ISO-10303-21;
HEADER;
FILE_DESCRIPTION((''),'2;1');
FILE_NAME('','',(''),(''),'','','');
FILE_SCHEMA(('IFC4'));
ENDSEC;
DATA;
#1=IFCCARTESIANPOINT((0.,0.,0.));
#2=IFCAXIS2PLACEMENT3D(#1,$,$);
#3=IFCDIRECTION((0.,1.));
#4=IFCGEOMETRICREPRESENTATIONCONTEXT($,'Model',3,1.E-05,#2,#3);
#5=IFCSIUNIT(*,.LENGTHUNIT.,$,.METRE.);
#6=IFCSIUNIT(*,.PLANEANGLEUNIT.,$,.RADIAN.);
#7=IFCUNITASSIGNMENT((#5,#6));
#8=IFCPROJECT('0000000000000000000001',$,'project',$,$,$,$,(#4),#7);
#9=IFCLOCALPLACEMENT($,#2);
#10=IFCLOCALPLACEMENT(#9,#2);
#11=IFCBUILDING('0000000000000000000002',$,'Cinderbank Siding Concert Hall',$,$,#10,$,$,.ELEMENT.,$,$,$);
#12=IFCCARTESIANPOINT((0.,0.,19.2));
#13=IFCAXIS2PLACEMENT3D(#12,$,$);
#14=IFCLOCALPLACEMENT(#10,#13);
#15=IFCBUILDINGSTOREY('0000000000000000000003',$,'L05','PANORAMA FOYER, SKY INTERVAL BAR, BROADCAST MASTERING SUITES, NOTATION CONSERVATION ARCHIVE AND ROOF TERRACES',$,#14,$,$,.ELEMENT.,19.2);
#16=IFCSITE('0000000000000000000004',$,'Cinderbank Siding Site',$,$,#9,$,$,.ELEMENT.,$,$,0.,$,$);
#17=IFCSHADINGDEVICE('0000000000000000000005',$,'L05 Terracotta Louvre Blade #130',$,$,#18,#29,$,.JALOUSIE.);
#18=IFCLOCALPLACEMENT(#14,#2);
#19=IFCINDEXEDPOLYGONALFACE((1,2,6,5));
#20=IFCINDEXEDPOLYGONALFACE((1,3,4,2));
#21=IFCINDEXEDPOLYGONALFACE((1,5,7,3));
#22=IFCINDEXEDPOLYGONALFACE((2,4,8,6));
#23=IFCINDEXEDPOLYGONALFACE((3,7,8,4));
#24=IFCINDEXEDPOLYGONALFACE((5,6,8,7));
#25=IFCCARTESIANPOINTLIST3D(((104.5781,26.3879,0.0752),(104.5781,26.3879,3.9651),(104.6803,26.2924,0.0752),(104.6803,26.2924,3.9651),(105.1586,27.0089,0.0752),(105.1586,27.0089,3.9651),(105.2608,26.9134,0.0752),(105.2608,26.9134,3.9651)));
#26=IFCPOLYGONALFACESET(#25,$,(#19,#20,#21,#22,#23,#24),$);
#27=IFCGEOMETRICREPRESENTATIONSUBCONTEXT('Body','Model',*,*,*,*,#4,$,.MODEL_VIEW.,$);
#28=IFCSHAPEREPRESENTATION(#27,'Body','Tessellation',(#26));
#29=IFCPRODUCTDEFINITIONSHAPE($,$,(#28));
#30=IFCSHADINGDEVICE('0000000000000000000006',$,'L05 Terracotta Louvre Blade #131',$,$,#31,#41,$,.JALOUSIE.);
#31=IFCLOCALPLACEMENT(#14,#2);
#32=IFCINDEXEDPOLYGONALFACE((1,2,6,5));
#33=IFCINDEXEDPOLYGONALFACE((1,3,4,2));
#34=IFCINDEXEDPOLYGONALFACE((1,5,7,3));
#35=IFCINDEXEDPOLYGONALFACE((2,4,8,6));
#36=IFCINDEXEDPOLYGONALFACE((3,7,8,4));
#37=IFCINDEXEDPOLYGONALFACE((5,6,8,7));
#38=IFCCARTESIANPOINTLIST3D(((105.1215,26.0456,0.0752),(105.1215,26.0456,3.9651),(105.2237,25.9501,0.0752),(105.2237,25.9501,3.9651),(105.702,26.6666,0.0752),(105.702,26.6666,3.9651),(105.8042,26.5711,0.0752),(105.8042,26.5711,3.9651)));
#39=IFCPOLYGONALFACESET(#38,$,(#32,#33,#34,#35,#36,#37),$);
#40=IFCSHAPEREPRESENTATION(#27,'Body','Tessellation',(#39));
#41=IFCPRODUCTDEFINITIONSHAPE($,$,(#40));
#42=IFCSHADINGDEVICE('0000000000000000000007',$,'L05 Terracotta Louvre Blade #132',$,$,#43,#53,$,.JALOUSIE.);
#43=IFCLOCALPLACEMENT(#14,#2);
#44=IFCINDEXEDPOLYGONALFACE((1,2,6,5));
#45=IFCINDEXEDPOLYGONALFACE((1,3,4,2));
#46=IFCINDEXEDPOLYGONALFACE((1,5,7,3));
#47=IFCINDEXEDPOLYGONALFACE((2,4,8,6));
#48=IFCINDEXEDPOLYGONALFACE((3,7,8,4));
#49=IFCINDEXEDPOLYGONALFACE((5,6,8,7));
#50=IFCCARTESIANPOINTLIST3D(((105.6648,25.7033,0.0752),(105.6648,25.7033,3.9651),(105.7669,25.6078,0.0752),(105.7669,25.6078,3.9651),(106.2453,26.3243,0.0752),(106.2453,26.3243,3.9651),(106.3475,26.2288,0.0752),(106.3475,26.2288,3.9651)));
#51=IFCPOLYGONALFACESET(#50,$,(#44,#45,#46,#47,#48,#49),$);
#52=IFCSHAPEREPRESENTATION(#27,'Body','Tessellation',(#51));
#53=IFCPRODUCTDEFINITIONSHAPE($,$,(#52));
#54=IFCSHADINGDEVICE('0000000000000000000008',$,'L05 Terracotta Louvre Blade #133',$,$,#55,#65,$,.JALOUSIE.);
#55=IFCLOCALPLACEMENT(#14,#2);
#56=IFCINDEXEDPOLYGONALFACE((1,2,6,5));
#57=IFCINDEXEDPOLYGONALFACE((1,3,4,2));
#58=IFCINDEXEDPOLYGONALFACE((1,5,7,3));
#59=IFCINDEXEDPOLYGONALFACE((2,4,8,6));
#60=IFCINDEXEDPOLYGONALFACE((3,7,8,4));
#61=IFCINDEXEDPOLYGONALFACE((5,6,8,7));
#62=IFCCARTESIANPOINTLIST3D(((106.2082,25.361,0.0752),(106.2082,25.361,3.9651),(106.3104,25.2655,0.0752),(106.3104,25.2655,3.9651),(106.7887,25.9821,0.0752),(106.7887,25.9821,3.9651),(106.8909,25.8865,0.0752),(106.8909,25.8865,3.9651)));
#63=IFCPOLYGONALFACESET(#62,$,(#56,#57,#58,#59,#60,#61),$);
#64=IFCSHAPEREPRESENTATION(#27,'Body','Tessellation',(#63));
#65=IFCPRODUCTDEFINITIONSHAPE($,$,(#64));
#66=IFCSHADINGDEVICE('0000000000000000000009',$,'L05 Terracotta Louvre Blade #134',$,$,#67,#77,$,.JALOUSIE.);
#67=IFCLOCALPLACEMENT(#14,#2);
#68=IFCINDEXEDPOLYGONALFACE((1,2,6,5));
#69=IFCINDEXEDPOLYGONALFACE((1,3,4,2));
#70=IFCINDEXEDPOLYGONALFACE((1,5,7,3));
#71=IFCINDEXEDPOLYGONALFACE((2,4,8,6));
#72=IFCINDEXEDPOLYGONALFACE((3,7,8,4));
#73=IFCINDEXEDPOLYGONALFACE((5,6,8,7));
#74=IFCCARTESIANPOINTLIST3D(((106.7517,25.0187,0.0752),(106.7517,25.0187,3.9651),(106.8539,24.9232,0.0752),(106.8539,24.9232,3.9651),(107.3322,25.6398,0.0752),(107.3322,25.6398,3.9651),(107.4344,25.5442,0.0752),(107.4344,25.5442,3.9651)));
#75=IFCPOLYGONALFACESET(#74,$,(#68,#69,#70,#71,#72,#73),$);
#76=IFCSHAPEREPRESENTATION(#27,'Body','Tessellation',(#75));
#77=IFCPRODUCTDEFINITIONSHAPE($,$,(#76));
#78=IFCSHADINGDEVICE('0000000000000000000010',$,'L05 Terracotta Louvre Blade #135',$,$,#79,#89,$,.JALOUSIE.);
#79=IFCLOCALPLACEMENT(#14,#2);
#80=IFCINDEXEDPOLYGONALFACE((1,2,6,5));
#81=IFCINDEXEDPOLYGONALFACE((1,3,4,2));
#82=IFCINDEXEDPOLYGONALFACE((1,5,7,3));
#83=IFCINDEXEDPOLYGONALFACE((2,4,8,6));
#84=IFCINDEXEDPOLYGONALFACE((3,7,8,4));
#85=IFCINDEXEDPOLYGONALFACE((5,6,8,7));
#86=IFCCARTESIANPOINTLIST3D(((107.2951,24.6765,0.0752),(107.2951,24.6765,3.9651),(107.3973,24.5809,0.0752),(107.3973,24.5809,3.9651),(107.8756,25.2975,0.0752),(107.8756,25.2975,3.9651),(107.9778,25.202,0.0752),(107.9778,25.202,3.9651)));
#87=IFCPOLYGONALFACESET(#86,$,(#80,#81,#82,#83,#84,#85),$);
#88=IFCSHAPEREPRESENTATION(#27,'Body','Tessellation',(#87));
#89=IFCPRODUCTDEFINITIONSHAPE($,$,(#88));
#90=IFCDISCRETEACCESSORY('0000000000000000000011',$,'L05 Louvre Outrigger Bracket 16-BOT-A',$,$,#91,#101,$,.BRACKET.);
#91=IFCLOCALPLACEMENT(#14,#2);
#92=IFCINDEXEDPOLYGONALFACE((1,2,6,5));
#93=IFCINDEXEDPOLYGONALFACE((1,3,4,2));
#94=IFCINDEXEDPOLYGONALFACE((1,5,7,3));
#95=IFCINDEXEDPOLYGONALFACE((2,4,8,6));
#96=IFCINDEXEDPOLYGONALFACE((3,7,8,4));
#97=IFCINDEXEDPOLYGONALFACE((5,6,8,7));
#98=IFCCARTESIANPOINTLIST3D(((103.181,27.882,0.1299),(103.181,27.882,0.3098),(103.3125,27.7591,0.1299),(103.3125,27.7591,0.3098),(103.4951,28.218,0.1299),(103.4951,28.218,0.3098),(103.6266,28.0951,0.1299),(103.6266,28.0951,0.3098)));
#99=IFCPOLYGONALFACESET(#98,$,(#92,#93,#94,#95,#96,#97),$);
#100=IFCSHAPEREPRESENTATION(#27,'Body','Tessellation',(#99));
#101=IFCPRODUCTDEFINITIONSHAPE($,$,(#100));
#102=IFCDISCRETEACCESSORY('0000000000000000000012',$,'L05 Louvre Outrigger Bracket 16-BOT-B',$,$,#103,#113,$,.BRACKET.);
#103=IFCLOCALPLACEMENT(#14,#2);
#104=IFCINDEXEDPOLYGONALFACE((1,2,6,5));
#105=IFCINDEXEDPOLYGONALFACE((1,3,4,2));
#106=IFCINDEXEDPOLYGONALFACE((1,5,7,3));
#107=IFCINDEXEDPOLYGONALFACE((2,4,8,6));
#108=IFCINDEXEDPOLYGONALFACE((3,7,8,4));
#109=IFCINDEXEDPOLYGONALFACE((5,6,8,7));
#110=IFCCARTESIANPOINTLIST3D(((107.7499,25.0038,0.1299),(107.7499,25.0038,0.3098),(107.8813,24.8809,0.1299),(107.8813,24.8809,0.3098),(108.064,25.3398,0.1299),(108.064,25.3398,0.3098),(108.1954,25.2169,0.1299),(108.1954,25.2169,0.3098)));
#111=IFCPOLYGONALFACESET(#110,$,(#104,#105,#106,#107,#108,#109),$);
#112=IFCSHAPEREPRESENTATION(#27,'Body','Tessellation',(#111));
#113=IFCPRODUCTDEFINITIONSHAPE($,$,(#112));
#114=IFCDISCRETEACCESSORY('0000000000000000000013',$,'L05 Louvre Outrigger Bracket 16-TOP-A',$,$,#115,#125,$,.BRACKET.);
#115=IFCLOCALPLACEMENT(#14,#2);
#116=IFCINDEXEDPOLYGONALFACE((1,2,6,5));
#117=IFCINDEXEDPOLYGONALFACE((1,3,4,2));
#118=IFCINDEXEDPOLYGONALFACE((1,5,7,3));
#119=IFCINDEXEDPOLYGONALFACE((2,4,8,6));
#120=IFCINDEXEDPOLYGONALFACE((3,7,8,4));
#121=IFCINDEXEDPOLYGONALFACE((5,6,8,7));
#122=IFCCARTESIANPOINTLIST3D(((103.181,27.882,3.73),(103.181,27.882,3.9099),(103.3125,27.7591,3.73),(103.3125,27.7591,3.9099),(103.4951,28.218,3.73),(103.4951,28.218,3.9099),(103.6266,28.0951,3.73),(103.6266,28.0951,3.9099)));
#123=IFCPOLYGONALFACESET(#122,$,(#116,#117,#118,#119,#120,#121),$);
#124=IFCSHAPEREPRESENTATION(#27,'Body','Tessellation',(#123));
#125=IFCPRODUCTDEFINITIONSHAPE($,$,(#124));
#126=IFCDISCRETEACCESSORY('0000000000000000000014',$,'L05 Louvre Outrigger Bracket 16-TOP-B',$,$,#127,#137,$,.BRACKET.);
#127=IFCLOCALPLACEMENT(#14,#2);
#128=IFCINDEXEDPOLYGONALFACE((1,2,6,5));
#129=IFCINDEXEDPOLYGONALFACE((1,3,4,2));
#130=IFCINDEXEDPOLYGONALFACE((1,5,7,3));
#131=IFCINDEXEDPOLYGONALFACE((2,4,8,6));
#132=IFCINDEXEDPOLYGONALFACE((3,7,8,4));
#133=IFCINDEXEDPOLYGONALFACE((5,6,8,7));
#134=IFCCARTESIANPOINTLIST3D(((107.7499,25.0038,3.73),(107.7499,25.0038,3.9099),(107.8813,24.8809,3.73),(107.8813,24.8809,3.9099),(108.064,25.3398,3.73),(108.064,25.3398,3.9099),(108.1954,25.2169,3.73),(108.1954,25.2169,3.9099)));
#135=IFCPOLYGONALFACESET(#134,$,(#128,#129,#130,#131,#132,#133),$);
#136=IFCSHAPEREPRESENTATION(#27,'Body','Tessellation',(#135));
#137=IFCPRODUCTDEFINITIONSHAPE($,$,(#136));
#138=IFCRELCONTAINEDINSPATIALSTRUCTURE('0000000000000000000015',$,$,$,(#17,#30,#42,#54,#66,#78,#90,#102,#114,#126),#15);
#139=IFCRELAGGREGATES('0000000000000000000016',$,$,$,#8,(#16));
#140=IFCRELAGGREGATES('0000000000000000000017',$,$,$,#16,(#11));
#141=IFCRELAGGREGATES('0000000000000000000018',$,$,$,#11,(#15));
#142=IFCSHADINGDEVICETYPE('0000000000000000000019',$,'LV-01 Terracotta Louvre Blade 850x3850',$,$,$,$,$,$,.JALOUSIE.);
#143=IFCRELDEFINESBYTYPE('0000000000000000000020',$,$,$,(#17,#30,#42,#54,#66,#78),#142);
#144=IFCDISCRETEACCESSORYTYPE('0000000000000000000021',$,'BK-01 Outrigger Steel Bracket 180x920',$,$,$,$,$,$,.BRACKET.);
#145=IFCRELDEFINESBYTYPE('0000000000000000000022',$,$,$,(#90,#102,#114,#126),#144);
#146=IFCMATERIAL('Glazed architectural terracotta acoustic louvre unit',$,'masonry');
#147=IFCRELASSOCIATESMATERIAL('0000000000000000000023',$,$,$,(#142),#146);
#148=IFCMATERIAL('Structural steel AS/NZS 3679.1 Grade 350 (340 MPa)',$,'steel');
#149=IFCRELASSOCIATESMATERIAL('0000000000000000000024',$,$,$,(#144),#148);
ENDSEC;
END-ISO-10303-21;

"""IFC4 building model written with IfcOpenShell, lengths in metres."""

from ifc_helpers import new_model, si_unit, direction, frame, origin, origin_2d, place, context, subcontext, project, spatial, rectangle, extrude, material, type_object, element, save


model = new_model("IFC4")

# Units and contexts
model_context = context("Model", 3, precision=1e-05, world=origin(), true_north=direction((0.0, 1.0)))
body_context = subcontext(model_context, "Body", "Model", "MODEL_VIEW")
ifc_project = project(units=[si_unit("LENGTHUNIT", "METRE"), si_unit("PLANEANGLEUNIT", "RADIAN")], contexts=[model_context])

# Site, building, storey
site_placement = place(None, origin())
site = spatial("IfcSite", under=ifc_project, at=site_placement, Name="Cinderbank Siding Site", CompositionType="ELEMENT", RefElevation=0.0)
building_placement = place(site_placement, origin())
building = spatial("IfcBuilding", under=site, at=building_placement, Name="Cinderbank Siding Concert Hall", CompositionType="ELEMENT")
storey_placement = place(building_placement, frame((0.0, 0.0, 19.2)))
storey = spatial("IfcBuildingStorey", under=building, at=storey_placement, Name="L05", Description="PANORAMA FOYER, SKY INTERVAL BAR, BROADCAST MASTERING SUITES, NOTATION CONSERVATION ARCHIVE AND ROOF TERRACES", CompositionType="ELEMENT", Elevation=19.2)

# Shared definitions
ifc_material_1 = material(Name="Structural steel AS/NZS 3679.1 Grade 350 (340 MPa)", Category="steel")

# Shading devices
ifc_material_2 = material(Name="Glazed architectural terracotta acoustic louvre unit", Category="masonry")
shading_device_type = type_object("IfcShadingDeviceType", Name="LV-01 Terracotta Louvre Blade 850x3850", PredefinedType="JALOUSIE", material=ifc_material_2)
for number, where, z_axis, x_axis, name in (
    (1, (104.9194, 26.6506, 0.0752), (0.0, 0.0, 1.0), (-0.682869, -0.730541, 0.0), "L05 Terracotta Louvre Blade #130"),
    (2, (105.4629, 26.3083, 0.0752), (0.0, 0.0, 1.0), (-0.682869, -0.730541, 0.0), "L05 Terracotta Louvre Blade #131"),
    (3, (106.0061, 25.9661, 0.0752), (0.0, 0.0, 1.0), (-0.682869, -0.730541, 0.0), "L05 Terracotta Louvre Blade #132"),
    (4, (106.5496, 25.6238, 0.0752), (0.0, 0.0, 1.0), (-0.682869, -0.730541, 0.0), "L05 Terracotta Louvre Blade #133"),
    (5, (107.093, 25.2815, 0.0752), (0.0, 0.0, 1.0), (-0.682869, -0.730541, 0.0), "L05 Terracotta Louvre Blade #134"),
    (6, (107.6365, 24.9392, 0.0752), (0.0, 0.0, 1.0), (-0.682869, -0.730541, 0.0), "L05 Terracotta Louvre Blade #135"),
):
    element("IfcShadingDevice", number, at=place(storey_placement, frame(where, z_axis=z_axis, x_axis=x_axis)), inside=storey, type_object=shading_device_type, Name=name, PredefinedType="JALOUSIE", context=body_context, shape_type="SweptSolid", body=[
        extrude(rectangle(XDim=0.8501, YDim=0.1399, at=origin_2d()), origin(), (0.0, 0.0, 1.0), 3.8899),
    ])

# Discrete accessories
discrete_accessory_type = type_object("IfcDiscreteAccessoryType", Name="BK-01 Outrigger Steel Bracket 180x920", PredefinedType="BRACKET", material=ifc_material_1)
for number, where, z_axis, x_axis, name in (
    (7, (103.4038, 27.9885, 0.1299), (0.0, 0.0, 1.0), (-0.682869, -0.730541, 0.0), "L05 Louvre Outrigger Bracket 16-BOT-A"),
    (8, (107.9727, 25.1104, 0.1299), (0.0, 0.0, 1.0), (-0.682869, -0.730541, 0.0), "L05 Louvre Outrigger Bracket 16-BOT-B"),
    (9, (103.4038, 27.9885, 3.73), (0.0, 0.0, 1.0), (-0.682869, -0.730541, 0.0), "L05 Louvre Outrigger Bracket 16-TOP-A"),
    (10, (107.9727, 25.1104, 3.73), (0.0, 0.0, 1.0), (-0.682869, -0.730541, 0.0), "L05 Louvre Outrigger Bracket 16-TOP-B"),
):
    element("IfcDiscreteAccessory", number, at=place(storey_placement, frame(where, z_axis=z_axis, x_axis=x_axis)), inside=storey, type_object=discrete_accessory_type, Name=name, PredefinedType="BRACKET", context=body_context, shape_type="SweptSolid", body=[
        extrude(rectangle(XDim=0.46, YDim=0.1799, at=origin_2d()), origin(), (0.0, 0.0, 1.0), 0.1799),
    ])

save(model, "model.ifc")
